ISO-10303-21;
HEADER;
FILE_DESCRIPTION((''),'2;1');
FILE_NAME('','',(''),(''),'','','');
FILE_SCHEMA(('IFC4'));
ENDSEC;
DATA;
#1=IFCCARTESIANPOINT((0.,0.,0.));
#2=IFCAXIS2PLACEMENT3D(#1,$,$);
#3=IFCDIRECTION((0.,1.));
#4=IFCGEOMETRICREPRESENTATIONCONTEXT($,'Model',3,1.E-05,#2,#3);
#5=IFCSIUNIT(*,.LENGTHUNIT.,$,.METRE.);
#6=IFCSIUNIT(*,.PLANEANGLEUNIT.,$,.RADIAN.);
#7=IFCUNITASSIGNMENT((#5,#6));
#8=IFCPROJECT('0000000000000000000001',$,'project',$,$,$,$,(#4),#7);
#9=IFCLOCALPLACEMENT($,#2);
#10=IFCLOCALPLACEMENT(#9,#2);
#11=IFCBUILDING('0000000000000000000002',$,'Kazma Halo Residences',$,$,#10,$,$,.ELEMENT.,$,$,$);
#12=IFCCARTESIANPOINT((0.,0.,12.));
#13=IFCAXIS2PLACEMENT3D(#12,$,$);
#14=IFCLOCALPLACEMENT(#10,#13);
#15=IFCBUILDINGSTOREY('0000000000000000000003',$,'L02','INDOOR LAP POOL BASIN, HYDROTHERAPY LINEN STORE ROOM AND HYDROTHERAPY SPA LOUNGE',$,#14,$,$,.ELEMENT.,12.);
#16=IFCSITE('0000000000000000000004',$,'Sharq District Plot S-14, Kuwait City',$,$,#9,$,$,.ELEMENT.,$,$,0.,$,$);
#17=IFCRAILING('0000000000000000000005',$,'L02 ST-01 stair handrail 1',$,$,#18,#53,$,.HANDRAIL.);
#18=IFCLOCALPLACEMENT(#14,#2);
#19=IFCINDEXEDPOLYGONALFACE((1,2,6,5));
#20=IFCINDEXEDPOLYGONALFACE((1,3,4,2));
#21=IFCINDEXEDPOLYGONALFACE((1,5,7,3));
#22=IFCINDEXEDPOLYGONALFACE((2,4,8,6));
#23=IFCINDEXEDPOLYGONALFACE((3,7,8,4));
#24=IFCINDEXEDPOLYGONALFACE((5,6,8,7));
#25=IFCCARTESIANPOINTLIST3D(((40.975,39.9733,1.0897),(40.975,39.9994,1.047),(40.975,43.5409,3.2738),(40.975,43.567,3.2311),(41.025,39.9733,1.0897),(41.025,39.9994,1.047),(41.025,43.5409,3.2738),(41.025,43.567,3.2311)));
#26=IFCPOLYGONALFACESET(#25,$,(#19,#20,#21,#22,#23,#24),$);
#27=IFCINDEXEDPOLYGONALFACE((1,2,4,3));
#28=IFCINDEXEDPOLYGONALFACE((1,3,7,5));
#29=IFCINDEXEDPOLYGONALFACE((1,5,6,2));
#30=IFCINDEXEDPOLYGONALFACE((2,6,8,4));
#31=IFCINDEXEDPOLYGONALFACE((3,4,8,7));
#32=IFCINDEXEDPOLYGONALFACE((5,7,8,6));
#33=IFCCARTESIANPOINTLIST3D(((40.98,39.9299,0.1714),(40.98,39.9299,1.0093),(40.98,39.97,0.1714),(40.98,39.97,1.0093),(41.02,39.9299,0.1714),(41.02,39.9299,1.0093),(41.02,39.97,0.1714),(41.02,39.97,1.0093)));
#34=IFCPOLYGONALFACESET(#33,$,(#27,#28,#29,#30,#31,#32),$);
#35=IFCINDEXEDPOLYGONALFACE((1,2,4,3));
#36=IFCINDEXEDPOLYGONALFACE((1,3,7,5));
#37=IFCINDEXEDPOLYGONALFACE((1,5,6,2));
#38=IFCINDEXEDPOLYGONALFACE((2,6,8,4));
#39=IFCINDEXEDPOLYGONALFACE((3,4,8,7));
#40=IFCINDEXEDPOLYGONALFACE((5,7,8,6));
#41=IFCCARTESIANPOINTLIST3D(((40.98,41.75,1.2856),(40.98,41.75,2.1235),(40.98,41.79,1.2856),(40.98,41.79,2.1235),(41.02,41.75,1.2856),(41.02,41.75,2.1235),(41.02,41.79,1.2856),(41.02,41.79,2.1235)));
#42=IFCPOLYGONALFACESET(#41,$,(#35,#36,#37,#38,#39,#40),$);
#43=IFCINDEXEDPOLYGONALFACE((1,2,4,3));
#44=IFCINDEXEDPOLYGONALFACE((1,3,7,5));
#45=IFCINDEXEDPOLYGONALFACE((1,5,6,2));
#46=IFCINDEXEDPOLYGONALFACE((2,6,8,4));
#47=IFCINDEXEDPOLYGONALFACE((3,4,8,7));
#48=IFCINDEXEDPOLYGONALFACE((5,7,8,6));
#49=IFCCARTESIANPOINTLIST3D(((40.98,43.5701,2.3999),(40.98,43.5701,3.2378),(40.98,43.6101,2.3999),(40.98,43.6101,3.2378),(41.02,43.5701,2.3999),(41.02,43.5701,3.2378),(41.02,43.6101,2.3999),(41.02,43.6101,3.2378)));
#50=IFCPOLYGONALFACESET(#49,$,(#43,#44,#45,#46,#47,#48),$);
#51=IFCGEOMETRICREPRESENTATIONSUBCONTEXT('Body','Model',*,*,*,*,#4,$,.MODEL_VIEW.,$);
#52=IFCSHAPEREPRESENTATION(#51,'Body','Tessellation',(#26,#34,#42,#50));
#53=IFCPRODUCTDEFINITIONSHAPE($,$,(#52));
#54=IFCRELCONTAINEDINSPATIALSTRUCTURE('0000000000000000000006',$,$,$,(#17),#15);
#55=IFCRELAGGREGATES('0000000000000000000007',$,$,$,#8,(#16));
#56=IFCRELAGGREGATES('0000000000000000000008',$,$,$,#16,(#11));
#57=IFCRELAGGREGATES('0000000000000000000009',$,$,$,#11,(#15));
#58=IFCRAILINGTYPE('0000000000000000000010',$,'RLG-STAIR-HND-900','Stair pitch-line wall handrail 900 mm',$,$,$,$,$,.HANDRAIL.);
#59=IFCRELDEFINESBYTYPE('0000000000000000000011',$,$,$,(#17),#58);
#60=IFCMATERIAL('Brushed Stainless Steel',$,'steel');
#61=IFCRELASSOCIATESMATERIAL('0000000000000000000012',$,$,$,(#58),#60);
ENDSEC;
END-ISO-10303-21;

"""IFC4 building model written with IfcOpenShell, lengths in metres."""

from ifc_helpers import new_model, si_unit, direction, frame, origin, origin_2d, place, context, subcontext, project, spatial, rectangle, extrude, material, type_object, element, save


model = new_model("IFC4")

# Units and contexts
model_context = context("Model", 3, precision=1e-05, world=origin(), true_north=direction((0.0, 1.0)))
body_context = subcontext(model_context, "Body", "Model", "MODEL_VIEW")
ifc_project = project(units=[si_unit("LENGTHUNIT", "METRE"), si_unit("PLANEANGLEUNIT", "RADIAN")], contexts=[model_context])

# Site, building, storey
site_placement = place(None, origin())
site = spatial("IfcSite", under=ifc_project, at=site_placement, Name="Sharq District Plot S-14, Kuwait City", CompositionType="ELEMENT", RefElevation=0.0)
building_placement = place(site_placement, origin())
building = spatial("IfcBuilding", under=site, at=building_placement, Name="Kazma Halo Residences", CompositionType="ELEMENT")
storey_placement = place(building_placement, frame((0.0, 0.0, 12.0)))
storey = spatial("IfcBuildingStorey", under=building, at=storey_placement, Name="L02", Description="INDOOR LAP POOL BASIN, HYDROTHERAPY LINEN STORE ROOM AND HYDROTHERAPY SPA LOUNGE", CompositionType="ELEMENT", Elevation=12.0)

# Railing
ifc_material_1 = material(Name="Brushed Stainless Steel", Category="steel")
railing_type_1 = type_object("IfcRailingType", Name="RLG-STAIR-HND-900", Description="Stair pitch-line wall handrail 900 mm", PredefinedType="HANDRAIL", material=ifc_material_1)
railing_1_placement = place(storey_placement, frame((41.0, 39.95, 0.1714)))
element("IfcRailing", 1, at=railing_1_placement, inside=storey, type_object=railing_type_1, Name="L02 ST-01 stair handrail 1", PredefinedType="HANDRAIL", context=body_context, shape_type="SweptSolid", body=[
    extrude(rectangle(XDim=0.05, YDim=0.05, at=origin_2d()), frame((0.0, 0.0364, 0.897), z_axis=(0.0, 0.852866, 0.52213), x_axis=(-1.0, 0.0, 0.0)), (0.0, 0.0, 1.0), 4.1831),
    extrude(rectangle(XDim=0.04, YDim=0.04, at=origin_2d()), origin(), (0.0, 0.0, 1.0), 0.8379),
    extrude(rectangle(XDim=0.04, YDim=0.04, at=origin_2d()), frame((0.0, 1.8201, 1.1143)), (0.0, 0.0, 1.0), 0.8379),
    extrude(rectangle(XDim=0.04, YDim=0.04, at=origin_2d()), frame((0.0, 3.6401, 2.2285)), (0.0, 0.0, 1.0), 0.8379),
])

save(model, "model.ifc")
